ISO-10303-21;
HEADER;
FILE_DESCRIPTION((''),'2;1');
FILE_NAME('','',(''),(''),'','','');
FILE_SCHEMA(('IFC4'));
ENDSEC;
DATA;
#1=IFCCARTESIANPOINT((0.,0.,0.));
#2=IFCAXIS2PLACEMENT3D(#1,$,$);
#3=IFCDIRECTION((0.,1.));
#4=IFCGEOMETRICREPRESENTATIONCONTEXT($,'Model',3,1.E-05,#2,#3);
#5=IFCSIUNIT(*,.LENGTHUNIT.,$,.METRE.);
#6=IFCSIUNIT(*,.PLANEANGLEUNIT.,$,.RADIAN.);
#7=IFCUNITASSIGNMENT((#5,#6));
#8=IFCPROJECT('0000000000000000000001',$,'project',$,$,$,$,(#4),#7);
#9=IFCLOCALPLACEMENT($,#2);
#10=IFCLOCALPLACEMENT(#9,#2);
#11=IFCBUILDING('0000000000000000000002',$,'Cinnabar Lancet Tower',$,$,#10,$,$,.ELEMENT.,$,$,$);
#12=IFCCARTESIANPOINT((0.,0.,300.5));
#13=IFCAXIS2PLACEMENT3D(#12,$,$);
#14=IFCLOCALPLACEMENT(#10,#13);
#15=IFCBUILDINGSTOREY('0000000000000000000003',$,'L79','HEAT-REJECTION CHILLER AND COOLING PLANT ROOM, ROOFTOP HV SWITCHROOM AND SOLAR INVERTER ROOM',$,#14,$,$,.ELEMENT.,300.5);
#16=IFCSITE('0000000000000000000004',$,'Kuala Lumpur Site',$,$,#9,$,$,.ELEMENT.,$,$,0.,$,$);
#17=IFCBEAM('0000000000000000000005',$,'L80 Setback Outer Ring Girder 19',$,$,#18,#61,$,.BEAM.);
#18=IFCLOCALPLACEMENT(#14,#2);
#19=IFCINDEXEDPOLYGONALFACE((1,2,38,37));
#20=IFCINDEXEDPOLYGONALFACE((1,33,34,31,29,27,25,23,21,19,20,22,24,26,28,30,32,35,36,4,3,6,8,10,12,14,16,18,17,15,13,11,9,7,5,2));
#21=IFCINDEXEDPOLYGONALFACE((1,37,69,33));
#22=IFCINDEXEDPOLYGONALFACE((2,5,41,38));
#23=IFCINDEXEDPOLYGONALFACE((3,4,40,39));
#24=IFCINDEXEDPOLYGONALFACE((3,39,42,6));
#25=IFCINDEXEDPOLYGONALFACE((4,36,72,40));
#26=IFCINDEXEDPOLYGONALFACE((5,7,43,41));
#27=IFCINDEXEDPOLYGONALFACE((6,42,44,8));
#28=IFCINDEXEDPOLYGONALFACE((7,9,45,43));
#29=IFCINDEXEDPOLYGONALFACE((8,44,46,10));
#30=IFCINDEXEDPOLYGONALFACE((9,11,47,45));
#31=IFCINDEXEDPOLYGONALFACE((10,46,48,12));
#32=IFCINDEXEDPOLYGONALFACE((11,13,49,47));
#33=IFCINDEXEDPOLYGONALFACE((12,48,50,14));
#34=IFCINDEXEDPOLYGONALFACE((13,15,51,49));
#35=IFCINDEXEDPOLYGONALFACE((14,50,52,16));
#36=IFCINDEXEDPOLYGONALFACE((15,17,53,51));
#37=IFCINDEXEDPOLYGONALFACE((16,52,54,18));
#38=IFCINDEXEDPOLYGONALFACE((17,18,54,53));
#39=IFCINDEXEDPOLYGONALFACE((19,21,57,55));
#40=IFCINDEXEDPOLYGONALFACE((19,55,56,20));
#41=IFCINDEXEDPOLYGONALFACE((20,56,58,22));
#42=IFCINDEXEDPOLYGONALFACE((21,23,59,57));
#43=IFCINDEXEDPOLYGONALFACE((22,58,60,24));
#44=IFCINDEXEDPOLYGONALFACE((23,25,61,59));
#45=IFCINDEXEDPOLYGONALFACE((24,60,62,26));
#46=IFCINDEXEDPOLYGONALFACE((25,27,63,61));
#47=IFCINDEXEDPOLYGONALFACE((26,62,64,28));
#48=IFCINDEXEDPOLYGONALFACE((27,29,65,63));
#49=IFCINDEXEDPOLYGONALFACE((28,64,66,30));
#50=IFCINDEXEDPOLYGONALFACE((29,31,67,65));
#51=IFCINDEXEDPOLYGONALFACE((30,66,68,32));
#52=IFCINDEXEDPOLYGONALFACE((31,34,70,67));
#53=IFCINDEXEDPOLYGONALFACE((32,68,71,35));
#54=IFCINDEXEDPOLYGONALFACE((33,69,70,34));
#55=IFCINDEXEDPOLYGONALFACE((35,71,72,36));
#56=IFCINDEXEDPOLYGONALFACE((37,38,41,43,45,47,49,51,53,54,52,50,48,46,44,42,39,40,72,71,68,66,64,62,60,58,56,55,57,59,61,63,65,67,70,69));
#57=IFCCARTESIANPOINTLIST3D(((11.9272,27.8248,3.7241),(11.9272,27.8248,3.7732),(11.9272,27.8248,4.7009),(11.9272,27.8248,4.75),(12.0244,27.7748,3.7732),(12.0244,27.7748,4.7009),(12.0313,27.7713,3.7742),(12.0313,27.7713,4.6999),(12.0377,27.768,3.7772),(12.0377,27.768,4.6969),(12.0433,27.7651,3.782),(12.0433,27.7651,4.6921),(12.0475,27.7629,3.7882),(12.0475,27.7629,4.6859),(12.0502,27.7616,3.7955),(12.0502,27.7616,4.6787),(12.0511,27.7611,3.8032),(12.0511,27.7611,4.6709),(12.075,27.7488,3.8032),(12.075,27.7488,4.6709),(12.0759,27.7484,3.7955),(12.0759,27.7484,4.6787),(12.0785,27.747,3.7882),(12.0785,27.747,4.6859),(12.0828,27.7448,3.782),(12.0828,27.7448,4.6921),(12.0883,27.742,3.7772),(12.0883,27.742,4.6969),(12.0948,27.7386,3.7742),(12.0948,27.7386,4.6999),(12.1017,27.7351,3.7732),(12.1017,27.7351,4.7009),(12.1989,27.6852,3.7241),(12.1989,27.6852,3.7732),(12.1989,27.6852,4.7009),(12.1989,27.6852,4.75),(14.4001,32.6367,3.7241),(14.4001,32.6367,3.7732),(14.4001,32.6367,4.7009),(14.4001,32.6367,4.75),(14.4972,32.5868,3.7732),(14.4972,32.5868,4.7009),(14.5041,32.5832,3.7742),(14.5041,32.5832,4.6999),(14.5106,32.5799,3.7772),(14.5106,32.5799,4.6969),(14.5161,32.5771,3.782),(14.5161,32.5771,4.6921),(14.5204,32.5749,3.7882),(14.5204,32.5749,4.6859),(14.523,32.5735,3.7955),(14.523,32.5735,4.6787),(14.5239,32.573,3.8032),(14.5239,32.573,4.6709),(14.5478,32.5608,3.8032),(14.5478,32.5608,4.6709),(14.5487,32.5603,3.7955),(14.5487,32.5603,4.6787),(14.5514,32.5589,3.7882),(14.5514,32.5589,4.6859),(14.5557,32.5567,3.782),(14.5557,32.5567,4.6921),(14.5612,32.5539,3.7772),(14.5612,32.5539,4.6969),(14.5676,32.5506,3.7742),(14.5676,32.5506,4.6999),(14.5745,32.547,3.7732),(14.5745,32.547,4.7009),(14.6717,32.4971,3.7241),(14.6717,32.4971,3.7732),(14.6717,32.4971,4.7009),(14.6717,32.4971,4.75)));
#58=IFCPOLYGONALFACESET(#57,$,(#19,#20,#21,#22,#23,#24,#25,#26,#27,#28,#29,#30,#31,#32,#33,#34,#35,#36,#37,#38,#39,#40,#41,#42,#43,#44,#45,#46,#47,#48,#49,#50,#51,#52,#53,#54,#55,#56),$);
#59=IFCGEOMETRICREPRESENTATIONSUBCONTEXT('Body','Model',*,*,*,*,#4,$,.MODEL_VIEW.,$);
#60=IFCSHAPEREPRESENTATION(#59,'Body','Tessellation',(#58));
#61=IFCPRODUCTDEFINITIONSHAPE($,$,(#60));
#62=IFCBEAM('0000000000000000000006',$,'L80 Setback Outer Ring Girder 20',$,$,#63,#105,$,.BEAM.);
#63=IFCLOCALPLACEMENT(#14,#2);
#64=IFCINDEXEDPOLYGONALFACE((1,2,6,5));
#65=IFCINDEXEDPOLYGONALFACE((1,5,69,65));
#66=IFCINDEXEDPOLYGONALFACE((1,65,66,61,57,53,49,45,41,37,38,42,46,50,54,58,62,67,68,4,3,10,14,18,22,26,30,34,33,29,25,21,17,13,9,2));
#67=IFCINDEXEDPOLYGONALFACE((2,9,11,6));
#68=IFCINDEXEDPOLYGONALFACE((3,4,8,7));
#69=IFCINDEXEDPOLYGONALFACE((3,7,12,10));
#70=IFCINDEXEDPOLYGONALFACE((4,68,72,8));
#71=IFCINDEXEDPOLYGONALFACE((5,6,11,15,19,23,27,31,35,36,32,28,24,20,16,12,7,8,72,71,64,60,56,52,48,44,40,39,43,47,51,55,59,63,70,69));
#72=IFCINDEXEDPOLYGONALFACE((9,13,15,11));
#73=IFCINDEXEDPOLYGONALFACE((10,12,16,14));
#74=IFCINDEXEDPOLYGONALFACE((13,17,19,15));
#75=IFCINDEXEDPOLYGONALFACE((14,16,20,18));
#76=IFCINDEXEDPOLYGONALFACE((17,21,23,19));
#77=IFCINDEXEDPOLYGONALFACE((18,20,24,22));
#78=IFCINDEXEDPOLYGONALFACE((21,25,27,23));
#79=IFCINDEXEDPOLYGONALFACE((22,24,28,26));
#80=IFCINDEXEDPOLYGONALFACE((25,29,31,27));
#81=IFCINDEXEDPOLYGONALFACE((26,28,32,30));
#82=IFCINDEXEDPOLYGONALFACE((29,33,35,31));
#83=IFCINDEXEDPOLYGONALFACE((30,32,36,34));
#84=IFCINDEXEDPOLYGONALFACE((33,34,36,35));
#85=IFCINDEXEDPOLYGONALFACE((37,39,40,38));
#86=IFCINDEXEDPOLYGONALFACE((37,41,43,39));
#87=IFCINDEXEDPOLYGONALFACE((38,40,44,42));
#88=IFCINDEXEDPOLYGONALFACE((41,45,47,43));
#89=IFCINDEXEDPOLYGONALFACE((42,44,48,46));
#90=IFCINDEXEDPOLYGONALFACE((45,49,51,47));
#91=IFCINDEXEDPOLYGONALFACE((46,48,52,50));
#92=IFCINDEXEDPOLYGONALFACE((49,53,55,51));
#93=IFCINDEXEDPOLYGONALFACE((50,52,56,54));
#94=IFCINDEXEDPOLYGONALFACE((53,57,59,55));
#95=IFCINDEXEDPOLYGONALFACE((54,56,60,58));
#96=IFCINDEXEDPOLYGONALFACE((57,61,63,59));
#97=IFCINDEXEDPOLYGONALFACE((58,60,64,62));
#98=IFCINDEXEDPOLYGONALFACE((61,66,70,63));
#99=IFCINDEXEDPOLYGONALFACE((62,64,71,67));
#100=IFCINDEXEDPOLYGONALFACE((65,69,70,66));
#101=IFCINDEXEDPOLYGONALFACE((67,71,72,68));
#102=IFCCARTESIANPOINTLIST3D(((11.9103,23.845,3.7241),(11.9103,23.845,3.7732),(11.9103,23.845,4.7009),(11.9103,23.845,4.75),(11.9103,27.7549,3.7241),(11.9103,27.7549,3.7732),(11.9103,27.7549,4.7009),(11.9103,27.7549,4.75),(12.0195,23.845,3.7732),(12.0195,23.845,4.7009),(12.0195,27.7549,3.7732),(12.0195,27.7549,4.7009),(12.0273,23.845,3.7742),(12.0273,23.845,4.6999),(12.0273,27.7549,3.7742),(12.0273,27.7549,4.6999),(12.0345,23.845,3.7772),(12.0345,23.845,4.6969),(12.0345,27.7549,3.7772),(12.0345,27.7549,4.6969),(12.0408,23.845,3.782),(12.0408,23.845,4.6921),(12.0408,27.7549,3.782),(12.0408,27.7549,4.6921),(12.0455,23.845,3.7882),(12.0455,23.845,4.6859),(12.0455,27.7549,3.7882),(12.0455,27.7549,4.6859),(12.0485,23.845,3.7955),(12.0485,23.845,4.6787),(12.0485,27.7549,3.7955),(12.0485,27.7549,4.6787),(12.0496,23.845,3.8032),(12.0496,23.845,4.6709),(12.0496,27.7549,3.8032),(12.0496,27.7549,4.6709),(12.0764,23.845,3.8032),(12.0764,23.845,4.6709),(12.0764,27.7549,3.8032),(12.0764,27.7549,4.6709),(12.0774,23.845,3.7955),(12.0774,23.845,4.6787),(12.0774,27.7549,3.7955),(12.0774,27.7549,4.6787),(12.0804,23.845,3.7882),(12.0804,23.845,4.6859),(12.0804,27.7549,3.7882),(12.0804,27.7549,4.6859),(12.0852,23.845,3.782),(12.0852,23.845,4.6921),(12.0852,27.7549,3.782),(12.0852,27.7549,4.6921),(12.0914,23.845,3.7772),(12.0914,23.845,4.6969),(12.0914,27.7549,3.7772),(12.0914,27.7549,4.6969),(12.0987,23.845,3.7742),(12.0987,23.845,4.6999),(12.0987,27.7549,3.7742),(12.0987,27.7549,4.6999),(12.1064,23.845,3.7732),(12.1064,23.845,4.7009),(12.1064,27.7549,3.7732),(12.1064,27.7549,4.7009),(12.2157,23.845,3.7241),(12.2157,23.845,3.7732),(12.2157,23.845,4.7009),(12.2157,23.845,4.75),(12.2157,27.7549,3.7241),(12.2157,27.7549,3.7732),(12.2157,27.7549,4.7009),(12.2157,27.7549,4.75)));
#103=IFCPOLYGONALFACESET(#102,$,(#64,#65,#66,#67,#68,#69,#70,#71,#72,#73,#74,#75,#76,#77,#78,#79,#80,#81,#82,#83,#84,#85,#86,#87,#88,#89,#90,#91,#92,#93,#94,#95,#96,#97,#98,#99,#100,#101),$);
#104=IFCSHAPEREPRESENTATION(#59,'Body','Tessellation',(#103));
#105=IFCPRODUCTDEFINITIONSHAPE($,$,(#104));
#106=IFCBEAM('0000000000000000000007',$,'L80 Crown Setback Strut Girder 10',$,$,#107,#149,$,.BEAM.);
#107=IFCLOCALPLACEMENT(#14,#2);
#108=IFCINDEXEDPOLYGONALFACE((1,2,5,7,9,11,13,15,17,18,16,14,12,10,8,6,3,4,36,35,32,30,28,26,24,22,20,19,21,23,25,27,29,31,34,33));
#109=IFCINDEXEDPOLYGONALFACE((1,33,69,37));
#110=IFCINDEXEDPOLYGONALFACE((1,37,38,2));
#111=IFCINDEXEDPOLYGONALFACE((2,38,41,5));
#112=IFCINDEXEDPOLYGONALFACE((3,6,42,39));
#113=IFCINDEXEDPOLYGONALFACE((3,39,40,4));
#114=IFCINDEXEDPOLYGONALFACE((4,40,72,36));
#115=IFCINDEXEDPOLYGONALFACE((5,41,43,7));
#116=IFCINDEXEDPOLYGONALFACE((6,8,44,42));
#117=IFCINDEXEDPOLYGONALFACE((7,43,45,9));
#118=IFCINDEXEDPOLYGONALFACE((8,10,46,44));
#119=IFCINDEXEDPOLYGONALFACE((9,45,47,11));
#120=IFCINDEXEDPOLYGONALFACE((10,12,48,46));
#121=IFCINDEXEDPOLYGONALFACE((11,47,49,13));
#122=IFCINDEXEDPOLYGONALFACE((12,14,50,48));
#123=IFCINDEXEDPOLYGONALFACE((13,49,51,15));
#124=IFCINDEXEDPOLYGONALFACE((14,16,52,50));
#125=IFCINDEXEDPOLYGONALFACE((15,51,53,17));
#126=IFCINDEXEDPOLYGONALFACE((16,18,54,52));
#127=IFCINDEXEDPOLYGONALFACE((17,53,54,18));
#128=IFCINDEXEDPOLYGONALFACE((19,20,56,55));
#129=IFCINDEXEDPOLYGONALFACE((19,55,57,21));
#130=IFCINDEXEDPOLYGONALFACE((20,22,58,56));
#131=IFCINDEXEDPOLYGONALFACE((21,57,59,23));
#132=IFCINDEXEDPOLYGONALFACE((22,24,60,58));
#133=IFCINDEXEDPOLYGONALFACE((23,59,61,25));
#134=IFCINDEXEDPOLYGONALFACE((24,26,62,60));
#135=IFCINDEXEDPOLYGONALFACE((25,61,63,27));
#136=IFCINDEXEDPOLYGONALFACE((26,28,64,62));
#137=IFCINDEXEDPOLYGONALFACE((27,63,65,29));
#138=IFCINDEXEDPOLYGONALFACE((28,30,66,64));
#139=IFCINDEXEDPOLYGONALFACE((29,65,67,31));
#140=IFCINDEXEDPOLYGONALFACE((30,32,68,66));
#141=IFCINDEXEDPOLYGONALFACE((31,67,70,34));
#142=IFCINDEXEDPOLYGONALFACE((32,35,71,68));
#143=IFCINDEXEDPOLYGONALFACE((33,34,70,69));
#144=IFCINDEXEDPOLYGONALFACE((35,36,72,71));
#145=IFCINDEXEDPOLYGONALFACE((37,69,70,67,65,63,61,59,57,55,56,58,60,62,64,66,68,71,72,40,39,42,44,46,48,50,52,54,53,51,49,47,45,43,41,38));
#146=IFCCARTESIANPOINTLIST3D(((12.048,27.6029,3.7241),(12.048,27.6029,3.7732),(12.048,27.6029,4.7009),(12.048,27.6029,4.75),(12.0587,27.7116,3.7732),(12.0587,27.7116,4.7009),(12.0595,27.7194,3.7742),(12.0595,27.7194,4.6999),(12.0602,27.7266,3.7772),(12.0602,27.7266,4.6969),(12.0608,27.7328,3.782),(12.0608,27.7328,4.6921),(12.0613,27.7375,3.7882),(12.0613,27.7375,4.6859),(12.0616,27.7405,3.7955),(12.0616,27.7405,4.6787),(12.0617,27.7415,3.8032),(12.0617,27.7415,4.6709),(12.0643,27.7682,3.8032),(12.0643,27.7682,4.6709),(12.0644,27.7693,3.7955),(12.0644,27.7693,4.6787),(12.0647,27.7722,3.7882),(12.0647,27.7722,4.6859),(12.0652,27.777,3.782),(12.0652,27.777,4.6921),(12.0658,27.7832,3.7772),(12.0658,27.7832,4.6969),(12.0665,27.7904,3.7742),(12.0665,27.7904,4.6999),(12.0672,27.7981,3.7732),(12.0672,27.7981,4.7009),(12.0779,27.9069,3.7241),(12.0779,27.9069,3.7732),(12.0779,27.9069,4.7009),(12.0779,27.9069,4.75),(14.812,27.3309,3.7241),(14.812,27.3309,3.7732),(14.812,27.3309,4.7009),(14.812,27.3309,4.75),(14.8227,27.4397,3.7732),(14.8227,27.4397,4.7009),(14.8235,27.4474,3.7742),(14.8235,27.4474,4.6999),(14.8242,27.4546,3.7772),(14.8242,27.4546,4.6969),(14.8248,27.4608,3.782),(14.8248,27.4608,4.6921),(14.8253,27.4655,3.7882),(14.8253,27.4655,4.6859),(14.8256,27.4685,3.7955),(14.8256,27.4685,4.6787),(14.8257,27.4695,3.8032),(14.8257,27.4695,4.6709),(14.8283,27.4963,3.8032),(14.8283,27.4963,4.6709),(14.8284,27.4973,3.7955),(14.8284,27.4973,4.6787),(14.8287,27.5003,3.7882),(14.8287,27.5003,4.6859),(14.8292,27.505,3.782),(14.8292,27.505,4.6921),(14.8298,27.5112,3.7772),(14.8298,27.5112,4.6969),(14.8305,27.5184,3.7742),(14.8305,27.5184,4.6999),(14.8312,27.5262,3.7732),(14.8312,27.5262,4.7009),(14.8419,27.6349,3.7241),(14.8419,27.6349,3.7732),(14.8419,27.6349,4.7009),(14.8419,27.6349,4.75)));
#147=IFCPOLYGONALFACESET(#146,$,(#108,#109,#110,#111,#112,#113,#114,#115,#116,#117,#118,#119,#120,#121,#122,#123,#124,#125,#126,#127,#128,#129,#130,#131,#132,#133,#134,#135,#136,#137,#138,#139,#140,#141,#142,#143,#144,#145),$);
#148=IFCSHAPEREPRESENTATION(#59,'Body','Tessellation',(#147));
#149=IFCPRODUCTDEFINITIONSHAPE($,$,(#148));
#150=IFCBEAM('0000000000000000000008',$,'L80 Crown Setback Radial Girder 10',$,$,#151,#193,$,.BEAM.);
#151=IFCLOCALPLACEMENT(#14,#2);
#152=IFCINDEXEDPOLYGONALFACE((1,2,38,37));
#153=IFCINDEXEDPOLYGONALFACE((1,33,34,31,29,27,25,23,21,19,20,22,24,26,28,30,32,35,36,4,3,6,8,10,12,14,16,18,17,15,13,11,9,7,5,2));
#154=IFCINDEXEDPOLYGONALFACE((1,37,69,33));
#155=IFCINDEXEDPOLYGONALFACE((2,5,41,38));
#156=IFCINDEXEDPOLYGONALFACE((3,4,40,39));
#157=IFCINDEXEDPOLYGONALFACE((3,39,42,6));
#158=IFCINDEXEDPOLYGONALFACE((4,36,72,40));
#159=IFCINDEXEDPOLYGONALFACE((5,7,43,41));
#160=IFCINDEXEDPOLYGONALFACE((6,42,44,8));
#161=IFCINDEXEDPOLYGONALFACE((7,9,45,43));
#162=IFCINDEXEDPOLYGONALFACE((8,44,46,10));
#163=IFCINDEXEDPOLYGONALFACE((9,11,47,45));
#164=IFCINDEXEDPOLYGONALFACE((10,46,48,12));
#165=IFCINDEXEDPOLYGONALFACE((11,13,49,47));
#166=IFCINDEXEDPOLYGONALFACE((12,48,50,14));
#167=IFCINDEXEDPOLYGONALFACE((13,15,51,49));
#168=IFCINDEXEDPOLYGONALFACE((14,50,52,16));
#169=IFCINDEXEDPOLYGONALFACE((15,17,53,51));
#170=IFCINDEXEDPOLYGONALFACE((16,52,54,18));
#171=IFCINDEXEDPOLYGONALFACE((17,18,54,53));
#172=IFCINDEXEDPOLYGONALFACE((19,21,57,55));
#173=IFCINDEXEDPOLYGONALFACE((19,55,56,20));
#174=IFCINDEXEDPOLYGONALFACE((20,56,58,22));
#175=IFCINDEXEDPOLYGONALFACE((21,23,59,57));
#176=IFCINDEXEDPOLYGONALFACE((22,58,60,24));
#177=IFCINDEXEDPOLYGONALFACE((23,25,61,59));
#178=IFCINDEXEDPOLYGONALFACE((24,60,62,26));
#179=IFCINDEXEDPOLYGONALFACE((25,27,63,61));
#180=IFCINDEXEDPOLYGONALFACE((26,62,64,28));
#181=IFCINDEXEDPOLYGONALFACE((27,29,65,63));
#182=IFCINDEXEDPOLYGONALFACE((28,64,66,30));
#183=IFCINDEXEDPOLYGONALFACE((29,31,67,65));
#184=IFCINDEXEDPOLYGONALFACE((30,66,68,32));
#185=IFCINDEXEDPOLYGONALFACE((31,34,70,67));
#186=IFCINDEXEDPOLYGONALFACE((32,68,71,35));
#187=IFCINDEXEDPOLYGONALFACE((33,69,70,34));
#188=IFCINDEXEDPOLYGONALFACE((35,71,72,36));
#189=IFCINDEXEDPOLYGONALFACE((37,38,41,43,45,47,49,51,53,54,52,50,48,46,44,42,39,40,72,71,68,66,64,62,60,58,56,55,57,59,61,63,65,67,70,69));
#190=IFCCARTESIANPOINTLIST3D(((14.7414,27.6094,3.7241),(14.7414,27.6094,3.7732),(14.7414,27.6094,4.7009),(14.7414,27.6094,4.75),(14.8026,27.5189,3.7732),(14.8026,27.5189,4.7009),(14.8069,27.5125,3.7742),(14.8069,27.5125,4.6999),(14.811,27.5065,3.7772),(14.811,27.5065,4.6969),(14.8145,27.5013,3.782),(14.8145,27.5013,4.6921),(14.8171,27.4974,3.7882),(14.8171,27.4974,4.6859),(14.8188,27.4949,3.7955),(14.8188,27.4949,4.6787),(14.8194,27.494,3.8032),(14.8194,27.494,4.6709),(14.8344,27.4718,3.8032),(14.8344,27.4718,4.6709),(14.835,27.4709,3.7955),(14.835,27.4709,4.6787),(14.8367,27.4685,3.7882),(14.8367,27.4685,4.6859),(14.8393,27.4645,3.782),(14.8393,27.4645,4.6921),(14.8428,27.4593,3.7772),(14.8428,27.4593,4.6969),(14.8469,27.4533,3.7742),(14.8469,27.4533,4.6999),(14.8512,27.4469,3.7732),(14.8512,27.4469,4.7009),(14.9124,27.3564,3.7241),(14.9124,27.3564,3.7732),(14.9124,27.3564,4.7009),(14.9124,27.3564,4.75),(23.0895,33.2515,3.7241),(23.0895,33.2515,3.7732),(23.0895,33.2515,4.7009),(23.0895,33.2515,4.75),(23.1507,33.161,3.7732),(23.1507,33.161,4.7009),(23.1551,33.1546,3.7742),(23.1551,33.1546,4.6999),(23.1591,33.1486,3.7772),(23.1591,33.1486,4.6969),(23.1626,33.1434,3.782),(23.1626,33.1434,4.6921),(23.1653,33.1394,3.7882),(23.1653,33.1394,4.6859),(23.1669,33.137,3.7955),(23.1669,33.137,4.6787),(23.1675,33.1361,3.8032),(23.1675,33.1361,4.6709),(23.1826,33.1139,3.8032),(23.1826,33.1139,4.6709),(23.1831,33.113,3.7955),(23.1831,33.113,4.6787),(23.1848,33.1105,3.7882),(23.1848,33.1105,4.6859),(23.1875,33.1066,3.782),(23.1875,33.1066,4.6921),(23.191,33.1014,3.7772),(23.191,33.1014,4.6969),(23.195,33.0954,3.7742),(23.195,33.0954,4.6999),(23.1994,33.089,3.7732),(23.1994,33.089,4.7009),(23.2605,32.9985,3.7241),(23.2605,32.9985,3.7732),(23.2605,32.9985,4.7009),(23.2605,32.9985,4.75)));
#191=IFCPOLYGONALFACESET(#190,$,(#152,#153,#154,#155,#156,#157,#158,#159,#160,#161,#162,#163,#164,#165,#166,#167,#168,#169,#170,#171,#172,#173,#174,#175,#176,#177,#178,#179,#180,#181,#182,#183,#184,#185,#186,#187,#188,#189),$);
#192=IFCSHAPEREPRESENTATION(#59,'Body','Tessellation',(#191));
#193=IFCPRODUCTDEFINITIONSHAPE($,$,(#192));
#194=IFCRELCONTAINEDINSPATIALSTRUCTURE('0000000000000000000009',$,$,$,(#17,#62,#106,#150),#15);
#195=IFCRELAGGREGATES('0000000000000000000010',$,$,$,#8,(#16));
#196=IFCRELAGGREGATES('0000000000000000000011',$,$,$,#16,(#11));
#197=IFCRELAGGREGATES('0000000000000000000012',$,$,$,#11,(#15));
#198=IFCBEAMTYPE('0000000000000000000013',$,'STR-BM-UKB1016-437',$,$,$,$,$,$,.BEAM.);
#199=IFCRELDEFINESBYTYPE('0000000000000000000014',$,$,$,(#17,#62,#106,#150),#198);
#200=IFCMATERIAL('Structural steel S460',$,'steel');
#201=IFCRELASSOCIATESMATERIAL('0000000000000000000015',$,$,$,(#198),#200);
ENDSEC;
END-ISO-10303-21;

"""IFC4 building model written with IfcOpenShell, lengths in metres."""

from ifc_helpers import new_model, si_unit, direction, frame, origin, origin_2d, place, context, subcontext, project, spatial, i_section, extrude, material, material_profile, profile_set, type_object, element, save


model = new_model("IFC4")

# Units and contexts
model_context = context("Model", 3, precision=1e-05, world=origin(), true_north=direction((0.0, 1.0)))
body_context = subcontext(model_context, "Body", "Model", "MODEL_VIEW")
ifc_project = project(units=[si_unit("LENGTHUNIT", "METRE"), si_unit("PLANEANGLEUNIT", "RADIAN")], contexts=[model_context])

# Site, building, storey
site_placement = place(None, origin())
site = spatial("IfcSite", under=ifc_project, at=site_placement, Name="Kuala Lumpur Site", CompositionType="ELEMENT", RefElevation=0.0)
building_placement = place(site_placement, origin())
building = spatial("IfcBuilding", under=site, at=building_placement, Name="Cinnabar Lancet Tower", CompositionType="ELEMENT")
storey_placement = place(building_placement, frame((0.0, 0.0, 300.5)))
storey = spatial("IfcBuildingStorey", under=building, at=storey_placement, Name="L79", Description="HEAT-REJECTION CHILLER AND COOLING PLANT ROOM, ROOFTOP HV SWITCHROOM AND SOLAR INVERTER ROOM", CompositionType="ELEMENT", Elevation=300.5)

# Beams
ifc_material_1 = material(Name="Structural steel S460", Category="steel")
ifc_material_profile_1 = material_profile(ifc_material_1, i_section(OverallWidth=0.3054, OverallDepth=1.0259, WebThickness=0.0269, FlangeThickness=0.0491, FilletRadius=0.03, at=origin_2d()), Name="UKB 1016x305x437")
ifc_profile_set_1 = profile_set([ifc_material_profile_1], Name="Structural steel S460")
beam_type_1 = type_object("IfcBeamType", Name="STR-BM-UKB1016-437", PredefinedType="BEAM", material=ifc_profile_set_1)
beam_1_placement = place(storey_placement, frame((14.5359, 32.5669, 4.2371), z_axis=(-0.457078, -0.889427, 0.0), x_axis=(0.889427, -0.457078, 0.0)))
element("IfcBeam", 1, at=beam_1_placement, inside=storey, type_object=beam_type_1, Name="L80 Setback Outer Ring Girder 19", PredefinedType="BEAM", context=body_context, shape_type="SweptSolid", body=[
    extrude(i_section(OverallWidth=0.3054, OverallDepth=1.0259, WebThickness=0.0269, FlangeThickness=0.0491, FilletRadius=0.03, at=origin_2d()), origin(), (0.0, 0.0, 1.0), 5.4102),
])
beam_2_placement = place(storey_placement, frame((12.063, 27.7549, 4.2371), z_axis=(0.0, -1.0, 0.0), x_axis=(1.0, 0.0, 0.0)))
element("IfcBeam", 2, at=beam_2_placement, inside=storey, type_object=beam_type_1, Name="L80 Setback Outer Ring Girder 20", PredefinedType="BEAM", context=body_context, shape_type="SweptSolid", body=[
    extrude(i_section(OverallWidth=0.3054, OverallDepth=1.0259, WebThickness=0.0269, FlangeThickness=0.0491, FilletRadius=0.03, at=origin_2d()), origin(), (0.0, 0.0, 1.0), 3.9099),
])
beam_3_placement = place(storey_placement, frame((12.063, 27.7549, 4.2371), z_axis=(0.995193, -0.097928, 0.0), x_axis=(0.097928, 0.995193, 0.0)))
element("IfcBeam", 3, at=beam_3_placement, inside=storey, type_object=beam_type_1, Name="L80 Crown Setback Strut Girder 10", PredefinedType="BEAM", context=body_context, shape_type="SweptSolid", body=[
    extrude(i_section(OverallWidth=0.3054, OverallDepth=1.0259, WebThickness=0.0269, FlangeThickness=0.0491, FilletRadius=0.03, at=origin_2d()), origin(), (0.0, 0.0, 1.0), 2.7773),
])
beam_4_placement = place(storey_placement, frame((14.8269, 27.4829, 4.2371), z_axis=(0.828522, 0.559956, 0.0), x_axis=(-0.559956, 0.828522, 0.0)))
element("IfcBeam", 4, at=beam_4_placement, inside=storey, type_object=beam_type_1, Name="L80 Crown Setback Radial Girder 10", PredefinedType="BEAM", context=body_context, shape_type="SweptSolid", body=[
    extrude(i_section(OverallWidth=0.3054, OverallDepth=1.0259, WebThickness=0.0269, FlangeThickness=0.0491, FilletRadius=0.03, at=origin_2d()), origin(), (0.0, 0.0, 1.0), 10.0759),
])

save(model, "model.ifc")
